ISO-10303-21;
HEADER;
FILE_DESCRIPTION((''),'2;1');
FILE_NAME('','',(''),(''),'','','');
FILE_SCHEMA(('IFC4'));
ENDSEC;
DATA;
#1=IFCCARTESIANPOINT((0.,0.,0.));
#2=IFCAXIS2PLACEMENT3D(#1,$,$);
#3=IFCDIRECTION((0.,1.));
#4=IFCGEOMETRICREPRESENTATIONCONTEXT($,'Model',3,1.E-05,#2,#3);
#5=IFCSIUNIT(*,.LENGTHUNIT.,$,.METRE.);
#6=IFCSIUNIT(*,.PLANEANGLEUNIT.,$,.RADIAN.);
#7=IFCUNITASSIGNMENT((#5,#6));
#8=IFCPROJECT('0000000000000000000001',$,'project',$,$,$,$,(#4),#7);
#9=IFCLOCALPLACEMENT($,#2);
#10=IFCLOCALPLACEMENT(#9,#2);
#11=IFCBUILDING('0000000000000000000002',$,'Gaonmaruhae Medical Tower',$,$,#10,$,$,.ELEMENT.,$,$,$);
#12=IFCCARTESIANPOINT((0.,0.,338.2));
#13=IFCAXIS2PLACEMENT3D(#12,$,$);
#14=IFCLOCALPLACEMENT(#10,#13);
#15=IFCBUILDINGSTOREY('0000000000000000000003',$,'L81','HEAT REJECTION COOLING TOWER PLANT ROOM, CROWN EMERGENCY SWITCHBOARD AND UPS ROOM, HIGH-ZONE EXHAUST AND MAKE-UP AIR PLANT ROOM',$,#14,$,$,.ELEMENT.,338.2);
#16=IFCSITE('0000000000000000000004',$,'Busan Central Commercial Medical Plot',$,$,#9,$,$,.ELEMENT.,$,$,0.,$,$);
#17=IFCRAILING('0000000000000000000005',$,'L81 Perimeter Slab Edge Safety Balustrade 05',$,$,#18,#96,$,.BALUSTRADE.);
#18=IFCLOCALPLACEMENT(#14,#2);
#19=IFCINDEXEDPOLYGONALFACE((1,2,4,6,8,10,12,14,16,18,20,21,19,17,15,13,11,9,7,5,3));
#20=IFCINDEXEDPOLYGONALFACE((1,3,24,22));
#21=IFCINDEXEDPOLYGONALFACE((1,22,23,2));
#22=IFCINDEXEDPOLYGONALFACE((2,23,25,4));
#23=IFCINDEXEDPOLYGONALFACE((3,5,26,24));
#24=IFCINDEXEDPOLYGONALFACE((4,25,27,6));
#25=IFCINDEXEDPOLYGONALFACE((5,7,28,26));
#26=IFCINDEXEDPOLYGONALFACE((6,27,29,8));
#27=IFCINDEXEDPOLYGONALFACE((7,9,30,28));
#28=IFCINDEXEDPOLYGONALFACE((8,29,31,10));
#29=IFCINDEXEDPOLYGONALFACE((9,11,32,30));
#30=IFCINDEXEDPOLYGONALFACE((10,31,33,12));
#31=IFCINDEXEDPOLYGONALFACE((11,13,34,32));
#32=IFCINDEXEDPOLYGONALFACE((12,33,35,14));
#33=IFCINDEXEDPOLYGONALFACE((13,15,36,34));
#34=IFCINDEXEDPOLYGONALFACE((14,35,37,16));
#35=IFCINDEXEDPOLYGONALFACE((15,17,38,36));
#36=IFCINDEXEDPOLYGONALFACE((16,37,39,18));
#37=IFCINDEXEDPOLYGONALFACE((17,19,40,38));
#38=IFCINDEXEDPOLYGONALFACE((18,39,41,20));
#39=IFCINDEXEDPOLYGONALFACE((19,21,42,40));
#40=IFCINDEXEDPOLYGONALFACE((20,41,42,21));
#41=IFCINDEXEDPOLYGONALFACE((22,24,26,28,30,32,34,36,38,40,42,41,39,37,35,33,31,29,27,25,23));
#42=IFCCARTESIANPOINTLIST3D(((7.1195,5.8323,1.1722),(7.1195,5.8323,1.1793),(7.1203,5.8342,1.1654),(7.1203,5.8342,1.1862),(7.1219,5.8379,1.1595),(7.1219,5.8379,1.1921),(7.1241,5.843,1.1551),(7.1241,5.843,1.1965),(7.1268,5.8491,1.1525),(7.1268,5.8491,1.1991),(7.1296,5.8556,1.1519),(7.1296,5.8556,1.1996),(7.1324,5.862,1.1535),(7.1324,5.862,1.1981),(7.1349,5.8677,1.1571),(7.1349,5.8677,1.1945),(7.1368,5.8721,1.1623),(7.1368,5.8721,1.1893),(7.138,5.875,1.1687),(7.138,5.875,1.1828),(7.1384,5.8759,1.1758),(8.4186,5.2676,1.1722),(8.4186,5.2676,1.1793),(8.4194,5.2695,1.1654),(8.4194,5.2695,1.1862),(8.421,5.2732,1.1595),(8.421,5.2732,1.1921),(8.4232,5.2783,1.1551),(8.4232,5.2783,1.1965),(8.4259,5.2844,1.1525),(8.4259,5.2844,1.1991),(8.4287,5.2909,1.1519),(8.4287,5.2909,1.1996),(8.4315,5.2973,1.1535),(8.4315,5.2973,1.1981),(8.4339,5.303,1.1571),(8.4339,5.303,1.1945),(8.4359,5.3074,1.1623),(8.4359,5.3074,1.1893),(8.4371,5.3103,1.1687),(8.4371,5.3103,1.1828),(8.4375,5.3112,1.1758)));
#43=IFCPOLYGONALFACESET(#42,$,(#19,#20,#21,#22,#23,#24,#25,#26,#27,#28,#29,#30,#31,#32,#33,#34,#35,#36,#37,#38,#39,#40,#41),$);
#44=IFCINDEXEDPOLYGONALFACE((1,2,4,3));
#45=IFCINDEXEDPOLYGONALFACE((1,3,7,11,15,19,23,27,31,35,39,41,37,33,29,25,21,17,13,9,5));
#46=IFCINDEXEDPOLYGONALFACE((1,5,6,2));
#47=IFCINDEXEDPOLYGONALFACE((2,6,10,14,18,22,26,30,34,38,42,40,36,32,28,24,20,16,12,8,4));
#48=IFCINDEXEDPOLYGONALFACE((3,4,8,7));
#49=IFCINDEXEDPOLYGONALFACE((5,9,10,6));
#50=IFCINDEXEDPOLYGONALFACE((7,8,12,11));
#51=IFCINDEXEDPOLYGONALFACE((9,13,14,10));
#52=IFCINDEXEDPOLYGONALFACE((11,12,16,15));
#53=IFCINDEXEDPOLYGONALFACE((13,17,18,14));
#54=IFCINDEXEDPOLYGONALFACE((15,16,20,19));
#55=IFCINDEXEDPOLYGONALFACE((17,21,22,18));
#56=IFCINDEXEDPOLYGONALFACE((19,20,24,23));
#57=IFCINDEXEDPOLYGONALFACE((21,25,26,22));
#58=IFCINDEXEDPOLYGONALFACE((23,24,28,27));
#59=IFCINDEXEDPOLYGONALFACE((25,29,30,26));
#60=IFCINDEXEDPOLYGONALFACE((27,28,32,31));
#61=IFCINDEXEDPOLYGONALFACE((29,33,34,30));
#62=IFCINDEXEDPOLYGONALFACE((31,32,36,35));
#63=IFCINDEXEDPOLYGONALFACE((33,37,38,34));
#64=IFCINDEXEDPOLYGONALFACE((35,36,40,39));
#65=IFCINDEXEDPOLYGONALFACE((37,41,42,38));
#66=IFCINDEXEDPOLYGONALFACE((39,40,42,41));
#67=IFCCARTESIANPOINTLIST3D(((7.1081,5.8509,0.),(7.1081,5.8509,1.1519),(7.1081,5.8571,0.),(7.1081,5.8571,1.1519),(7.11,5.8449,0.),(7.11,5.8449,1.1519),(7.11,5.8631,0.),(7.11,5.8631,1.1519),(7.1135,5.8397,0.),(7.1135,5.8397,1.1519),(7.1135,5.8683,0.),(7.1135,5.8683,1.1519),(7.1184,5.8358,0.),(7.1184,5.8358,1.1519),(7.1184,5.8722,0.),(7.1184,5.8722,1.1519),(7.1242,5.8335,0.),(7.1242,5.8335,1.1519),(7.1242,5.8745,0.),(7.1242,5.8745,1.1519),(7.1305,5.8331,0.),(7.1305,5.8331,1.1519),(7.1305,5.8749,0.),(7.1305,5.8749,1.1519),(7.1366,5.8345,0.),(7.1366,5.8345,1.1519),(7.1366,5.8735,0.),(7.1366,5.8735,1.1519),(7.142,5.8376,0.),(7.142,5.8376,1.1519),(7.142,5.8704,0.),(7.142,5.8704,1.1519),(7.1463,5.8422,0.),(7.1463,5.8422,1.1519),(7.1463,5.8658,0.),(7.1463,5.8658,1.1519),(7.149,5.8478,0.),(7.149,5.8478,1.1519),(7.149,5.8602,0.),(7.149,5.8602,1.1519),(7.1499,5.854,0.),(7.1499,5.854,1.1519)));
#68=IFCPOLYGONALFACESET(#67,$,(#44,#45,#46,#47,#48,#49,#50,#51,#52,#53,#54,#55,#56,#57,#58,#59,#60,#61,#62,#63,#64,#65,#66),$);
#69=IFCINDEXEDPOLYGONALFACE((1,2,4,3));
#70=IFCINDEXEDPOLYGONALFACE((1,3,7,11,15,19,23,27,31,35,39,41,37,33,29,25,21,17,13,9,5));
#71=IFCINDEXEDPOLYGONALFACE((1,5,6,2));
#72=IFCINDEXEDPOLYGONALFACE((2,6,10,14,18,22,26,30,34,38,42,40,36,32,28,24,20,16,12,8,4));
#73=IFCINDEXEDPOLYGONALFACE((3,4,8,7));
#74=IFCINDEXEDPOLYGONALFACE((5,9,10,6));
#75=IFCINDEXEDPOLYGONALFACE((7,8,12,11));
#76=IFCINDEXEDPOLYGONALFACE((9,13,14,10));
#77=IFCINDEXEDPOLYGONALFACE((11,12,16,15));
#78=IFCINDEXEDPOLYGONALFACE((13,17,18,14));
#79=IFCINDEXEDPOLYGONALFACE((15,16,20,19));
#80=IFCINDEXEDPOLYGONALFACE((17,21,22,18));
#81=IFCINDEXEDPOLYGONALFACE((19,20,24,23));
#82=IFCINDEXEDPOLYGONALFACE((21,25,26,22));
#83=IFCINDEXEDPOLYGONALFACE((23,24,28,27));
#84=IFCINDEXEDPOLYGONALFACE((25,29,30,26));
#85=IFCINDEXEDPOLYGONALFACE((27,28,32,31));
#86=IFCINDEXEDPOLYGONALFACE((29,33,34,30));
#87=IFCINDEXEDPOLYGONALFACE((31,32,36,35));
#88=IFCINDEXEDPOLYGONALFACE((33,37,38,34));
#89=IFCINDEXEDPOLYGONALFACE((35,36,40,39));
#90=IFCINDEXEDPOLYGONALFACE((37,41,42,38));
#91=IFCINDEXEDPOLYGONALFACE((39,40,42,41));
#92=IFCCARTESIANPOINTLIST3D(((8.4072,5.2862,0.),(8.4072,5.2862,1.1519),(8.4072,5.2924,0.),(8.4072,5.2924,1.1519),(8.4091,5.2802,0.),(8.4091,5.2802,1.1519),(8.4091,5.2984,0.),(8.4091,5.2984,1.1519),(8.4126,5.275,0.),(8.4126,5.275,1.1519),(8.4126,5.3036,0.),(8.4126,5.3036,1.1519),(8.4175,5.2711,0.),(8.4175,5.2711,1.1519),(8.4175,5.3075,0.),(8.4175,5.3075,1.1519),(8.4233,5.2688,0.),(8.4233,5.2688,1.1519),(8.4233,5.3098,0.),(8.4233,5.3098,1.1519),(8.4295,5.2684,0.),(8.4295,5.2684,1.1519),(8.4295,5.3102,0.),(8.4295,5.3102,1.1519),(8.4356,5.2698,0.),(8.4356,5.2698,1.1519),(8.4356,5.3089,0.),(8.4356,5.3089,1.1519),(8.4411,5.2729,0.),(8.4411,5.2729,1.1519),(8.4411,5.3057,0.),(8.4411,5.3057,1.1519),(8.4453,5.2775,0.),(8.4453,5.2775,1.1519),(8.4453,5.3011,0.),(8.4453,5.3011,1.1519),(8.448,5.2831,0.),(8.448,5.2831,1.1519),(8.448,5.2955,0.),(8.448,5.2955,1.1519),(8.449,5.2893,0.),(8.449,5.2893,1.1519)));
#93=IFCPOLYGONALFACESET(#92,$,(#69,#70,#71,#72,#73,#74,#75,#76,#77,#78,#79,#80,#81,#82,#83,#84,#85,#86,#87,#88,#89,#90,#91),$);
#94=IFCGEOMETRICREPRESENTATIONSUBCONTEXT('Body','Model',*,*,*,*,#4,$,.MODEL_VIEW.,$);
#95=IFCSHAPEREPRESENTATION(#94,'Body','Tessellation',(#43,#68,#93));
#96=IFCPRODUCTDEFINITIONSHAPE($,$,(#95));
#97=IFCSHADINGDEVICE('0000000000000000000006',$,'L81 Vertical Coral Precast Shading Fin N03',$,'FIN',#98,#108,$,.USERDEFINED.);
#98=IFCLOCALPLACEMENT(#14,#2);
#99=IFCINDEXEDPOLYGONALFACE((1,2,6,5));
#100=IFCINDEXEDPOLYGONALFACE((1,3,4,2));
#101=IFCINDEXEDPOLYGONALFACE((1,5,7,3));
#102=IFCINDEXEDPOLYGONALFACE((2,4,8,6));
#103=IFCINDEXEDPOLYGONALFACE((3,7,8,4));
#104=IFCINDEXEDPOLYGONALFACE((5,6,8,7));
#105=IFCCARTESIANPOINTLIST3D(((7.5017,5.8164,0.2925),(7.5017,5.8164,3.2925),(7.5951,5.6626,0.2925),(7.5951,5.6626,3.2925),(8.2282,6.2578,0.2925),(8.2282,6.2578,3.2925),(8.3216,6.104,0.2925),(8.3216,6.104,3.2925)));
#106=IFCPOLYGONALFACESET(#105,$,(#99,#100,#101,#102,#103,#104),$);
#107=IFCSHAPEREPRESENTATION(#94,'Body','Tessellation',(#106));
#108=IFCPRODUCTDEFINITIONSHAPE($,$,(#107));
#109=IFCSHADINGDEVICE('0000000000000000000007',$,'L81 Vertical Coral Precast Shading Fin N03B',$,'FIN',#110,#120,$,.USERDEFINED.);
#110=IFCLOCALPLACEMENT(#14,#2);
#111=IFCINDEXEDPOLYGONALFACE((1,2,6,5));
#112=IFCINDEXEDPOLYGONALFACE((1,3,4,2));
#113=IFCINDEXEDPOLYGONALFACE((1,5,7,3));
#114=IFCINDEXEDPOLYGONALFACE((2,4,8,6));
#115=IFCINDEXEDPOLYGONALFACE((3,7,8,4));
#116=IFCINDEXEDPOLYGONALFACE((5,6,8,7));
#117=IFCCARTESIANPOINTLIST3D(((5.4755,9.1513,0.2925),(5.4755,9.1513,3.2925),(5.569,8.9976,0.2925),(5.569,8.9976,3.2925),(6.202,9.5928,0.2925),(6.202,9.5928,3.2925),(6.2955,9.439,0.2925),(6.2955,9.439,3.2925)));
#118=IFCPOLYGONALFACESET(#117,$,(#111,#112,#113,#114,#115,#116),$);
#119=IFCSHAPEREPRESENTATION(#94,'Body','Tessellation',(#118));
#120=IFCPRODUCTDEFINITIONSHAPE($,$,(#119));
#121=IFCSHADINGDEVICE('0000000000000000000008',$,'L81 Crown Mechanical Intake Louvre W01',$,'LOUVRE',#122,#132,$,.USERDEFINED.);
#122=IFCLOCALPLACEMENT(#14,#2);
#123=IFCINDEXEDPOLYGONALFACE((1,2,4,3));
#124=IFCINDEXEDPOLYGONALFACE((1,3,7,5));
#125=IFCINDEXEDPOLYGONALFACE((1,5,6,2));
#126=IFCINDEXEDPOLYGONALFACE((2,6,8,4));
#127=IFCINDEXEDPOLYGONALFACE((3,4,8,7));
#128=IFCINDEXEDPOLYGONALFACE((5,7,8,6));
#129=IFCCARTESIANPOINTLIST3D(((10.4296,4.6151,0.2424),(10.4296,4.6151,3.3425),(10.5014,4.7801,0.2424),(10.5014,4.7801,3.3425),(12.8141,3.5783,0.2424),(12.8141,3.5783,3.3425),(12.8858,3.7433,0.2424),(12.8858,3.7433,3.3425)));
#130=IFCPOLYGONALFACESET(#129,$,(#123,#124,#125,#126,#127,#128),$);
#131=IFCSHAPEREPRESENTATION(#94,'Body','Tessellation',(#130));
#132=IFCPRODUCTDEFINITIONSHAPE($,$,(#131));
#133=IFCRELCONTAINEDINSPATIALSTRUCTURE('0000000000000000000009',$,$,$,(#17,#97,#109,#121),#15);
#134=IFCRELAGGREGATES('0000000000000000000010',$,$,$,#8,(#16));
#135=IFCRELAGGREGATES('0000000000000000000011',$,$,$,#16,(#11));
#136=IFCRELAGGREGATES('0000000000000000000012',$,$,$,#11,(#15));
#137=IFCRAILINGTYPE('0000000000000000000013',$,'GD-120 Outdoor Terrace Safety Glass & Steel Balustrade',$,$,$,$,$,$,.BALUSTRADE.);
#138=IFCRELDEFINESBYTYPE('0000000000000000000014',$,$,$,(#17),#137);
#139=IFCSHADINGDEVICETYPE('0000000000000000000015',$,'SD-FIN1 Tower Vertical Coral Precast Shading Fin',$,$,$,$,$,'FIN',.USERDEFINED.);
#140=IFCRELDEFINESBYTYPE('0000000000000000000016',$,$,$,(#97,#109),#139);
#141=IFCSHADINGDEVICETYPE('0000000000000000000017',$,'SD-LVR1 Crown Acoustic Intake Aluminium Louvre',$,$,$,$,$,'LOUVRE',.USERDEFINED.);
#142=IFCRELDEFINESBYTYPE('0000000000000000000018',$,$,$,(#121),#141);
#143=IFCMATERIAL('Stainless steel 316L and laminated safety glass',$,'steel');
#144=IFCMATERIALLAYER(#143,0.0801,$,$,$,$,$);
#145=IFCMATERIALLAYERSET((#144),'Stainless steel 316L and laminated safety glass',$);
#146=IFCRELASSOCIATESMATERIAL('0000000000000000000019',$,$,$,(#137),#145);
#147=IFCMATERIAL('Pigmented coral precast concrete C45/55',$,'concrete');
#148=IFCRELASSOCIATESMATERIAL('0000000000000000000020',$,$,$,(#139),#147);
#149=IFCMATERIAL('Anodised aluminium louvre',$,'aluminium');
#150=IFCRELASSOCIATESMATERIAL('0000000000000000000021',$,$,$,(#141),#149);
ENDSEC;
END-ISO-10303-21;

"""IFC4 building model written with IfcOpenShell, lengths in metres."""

from ifc_helpers import new_model, si_unit, direction, frame, origin, origin_2d, place, context, subcontext, project, spatial, rectangle, circle, extrude, material, layer, layer_set, type_object, element, save


model = new_model("IFC4")

# Units and contexts
model_context = context("Model", 3, precision=1e-05, world=origin(), true_north=direction((0.0, 1.0)))
body_context = subcontext(model_context, "Body", "Model", "MODEL_VIEW")
ifc_project = project(units=[si_unit("LENGTHUNIT", "METRE"), si_unit("PLANEANGLEUNIT", "RADIAN")], contexts=[model_context])

# Site, building, storey
site_placement = place(None, origin())
site = spatial("IfcSite", under=ifc_project, at=site_placement, Name="Busan Central Commercial Medical Plot", CompositionType="ELEMENT", RefElevation=0.0)
building_placement = place(site_placement, origin())
building = spatial("IfcBuilding", under=site, at=building_placement, Name="Gaonmaruhae Medical Tower", CompositionType="ELEMENT")
storey_placement = place(building_placement, frame((0.0, 0.0, 338.2)))
storey = spatial("IfcBuildingStorey", under=building, at=storey_placement, Name="L81", Description="HEAT REJECTION COOLING TOWER PLANT ROOM, CROWN EMERGENCY SWITCHBOARD AND UPS ROOM, HIGH-ZONE EXHAUST AND MAKE-UP AIR PLANT ROOM", CompositionType="ELEMENT", Elevation=338.2)

# Railing
ifc_material_1 = material(Name="Stainless steel 316L and laminated safety glass", Category="steel")
ifc_layer_1 = layer(ifc_material_1, 0.0801)
ifc_layer_set_1 = layer_set([ifc_layer_1], Name="Stainless steel 316L and laminated safety glass")
railing_type = type_object("IfcRailingType", Name="GD-120 Outdoor Terrace Safety Glass & Steel Balustrade", PredefinedType="BALUSTRADE", material=ifc_layer_set_1)
railing_1_placement = place(storey_placement, frame((7.1289, 5.854, 0.0)))
element("IfcRailing", 1, at=railing_1_placement, inside=storey, type_object=railing_type, Name="L81 Perimeter Slab Edge Safety Balustrade 05", PredefinedType="BALUSTRADE", context=body_context, shape_type="SweptSolid", body=[
    extrude(circle(Radius=0.0239, at=origin_2d()), frame((0.0, 0.0, 1.1758), z_axis=(0.9171, -0.398657, 0.0), x_axis=(0.398657, 0.9171, 0.0)), (0.0, 0.0, 1.0), 1.4165),
    extrude(circle(Radius=0.021, at=origin_2d()), origin(), (0.0, 0.0, 1.0), 1.1519),
    extrude(circle(Radius=0.021, at=origin_2d()), frame((1.2991, -0.5647, 0.0)), (0.0, 0.0, 1.0), 1.1519),
])

# Shading devices
ifc_material_2 = material(Name="Pigmented coral precast concrete C45/55", Category="concrete")
shading_device_type_1 = type_object("IfcShadingDeviceType", Name="SD-FIN1 Tower Vertical Coral Precast Shading Fin", ElementType="FIN", PredefinedType="USERDEFINED", material=ifc_material_2)
for number, where, z_axis, x_axis, name in (
    (2, (7.9116, 5.9602, 0.2925), (0.0, 0.0, 1.0), (-0.519251, 0.854622, 0.0), "L81 Vertical Coral Precast Shading Fin N03"),
    (3, (5.8855, 9.2952, 0.2925), (0.0, 0.0, 1.0), (-0.519251, 0.854622, 0.0), "L81 Vertical Coral Precast Shading Fin N03B"),
):
    element("IfcShadingDevice", number, at=place(storey_placement, frame(where, z_axis=z_axis, x_axis=x_axis)), inside=storey, type_object=shading_device_type_1, Name=name, ObjectType="FIN", PredefinedType="USERDEFINED", context=body_context, shape_type="SweptSolid", body=[
        extrude(rectangle(XDim=0.1799, YDim=0.8501, at=origin_2d()), origin(), (0.0, 0.0, 1.0), 3.0),
    ])
ifc_material_3 = material(Name="Anodised aluminium louvre", Category="aluminium")
shading_device_type_2 = type_object("IfcShadingDeviceType", Name="SD-LVR1 Crown Acoustic Intake Aluminium Louvre", ElementType="LOUVRE", PredefinedType="USERDEFINED", material=ifc_material_3)
shading_device_placement = place(storey_placement, frame((11.6577, 4.1792, 0.2424), z_axis=(0.0, 0.0, 1.0), x_axis=(-0.91706, 0.398749, 0.0)))
element("IfcShadingDevice", 4, at=shading_device_placement, inside=storey, type_object=shading_device_type_2, Name="L81 Crown Mechanical Intake Louvre W01", ObjectType="LOUVRE", PredefinedType="USERDEFINED", context=body_context, shape_type="SweptSolid", body=[
    extrude(rectangle(XDim=2.6001, YDim=0.1799, at=origin_2d()), origin(), (0.0, 0.0, 1.0), 3.1001),
])

save(model, "model.ifc")
